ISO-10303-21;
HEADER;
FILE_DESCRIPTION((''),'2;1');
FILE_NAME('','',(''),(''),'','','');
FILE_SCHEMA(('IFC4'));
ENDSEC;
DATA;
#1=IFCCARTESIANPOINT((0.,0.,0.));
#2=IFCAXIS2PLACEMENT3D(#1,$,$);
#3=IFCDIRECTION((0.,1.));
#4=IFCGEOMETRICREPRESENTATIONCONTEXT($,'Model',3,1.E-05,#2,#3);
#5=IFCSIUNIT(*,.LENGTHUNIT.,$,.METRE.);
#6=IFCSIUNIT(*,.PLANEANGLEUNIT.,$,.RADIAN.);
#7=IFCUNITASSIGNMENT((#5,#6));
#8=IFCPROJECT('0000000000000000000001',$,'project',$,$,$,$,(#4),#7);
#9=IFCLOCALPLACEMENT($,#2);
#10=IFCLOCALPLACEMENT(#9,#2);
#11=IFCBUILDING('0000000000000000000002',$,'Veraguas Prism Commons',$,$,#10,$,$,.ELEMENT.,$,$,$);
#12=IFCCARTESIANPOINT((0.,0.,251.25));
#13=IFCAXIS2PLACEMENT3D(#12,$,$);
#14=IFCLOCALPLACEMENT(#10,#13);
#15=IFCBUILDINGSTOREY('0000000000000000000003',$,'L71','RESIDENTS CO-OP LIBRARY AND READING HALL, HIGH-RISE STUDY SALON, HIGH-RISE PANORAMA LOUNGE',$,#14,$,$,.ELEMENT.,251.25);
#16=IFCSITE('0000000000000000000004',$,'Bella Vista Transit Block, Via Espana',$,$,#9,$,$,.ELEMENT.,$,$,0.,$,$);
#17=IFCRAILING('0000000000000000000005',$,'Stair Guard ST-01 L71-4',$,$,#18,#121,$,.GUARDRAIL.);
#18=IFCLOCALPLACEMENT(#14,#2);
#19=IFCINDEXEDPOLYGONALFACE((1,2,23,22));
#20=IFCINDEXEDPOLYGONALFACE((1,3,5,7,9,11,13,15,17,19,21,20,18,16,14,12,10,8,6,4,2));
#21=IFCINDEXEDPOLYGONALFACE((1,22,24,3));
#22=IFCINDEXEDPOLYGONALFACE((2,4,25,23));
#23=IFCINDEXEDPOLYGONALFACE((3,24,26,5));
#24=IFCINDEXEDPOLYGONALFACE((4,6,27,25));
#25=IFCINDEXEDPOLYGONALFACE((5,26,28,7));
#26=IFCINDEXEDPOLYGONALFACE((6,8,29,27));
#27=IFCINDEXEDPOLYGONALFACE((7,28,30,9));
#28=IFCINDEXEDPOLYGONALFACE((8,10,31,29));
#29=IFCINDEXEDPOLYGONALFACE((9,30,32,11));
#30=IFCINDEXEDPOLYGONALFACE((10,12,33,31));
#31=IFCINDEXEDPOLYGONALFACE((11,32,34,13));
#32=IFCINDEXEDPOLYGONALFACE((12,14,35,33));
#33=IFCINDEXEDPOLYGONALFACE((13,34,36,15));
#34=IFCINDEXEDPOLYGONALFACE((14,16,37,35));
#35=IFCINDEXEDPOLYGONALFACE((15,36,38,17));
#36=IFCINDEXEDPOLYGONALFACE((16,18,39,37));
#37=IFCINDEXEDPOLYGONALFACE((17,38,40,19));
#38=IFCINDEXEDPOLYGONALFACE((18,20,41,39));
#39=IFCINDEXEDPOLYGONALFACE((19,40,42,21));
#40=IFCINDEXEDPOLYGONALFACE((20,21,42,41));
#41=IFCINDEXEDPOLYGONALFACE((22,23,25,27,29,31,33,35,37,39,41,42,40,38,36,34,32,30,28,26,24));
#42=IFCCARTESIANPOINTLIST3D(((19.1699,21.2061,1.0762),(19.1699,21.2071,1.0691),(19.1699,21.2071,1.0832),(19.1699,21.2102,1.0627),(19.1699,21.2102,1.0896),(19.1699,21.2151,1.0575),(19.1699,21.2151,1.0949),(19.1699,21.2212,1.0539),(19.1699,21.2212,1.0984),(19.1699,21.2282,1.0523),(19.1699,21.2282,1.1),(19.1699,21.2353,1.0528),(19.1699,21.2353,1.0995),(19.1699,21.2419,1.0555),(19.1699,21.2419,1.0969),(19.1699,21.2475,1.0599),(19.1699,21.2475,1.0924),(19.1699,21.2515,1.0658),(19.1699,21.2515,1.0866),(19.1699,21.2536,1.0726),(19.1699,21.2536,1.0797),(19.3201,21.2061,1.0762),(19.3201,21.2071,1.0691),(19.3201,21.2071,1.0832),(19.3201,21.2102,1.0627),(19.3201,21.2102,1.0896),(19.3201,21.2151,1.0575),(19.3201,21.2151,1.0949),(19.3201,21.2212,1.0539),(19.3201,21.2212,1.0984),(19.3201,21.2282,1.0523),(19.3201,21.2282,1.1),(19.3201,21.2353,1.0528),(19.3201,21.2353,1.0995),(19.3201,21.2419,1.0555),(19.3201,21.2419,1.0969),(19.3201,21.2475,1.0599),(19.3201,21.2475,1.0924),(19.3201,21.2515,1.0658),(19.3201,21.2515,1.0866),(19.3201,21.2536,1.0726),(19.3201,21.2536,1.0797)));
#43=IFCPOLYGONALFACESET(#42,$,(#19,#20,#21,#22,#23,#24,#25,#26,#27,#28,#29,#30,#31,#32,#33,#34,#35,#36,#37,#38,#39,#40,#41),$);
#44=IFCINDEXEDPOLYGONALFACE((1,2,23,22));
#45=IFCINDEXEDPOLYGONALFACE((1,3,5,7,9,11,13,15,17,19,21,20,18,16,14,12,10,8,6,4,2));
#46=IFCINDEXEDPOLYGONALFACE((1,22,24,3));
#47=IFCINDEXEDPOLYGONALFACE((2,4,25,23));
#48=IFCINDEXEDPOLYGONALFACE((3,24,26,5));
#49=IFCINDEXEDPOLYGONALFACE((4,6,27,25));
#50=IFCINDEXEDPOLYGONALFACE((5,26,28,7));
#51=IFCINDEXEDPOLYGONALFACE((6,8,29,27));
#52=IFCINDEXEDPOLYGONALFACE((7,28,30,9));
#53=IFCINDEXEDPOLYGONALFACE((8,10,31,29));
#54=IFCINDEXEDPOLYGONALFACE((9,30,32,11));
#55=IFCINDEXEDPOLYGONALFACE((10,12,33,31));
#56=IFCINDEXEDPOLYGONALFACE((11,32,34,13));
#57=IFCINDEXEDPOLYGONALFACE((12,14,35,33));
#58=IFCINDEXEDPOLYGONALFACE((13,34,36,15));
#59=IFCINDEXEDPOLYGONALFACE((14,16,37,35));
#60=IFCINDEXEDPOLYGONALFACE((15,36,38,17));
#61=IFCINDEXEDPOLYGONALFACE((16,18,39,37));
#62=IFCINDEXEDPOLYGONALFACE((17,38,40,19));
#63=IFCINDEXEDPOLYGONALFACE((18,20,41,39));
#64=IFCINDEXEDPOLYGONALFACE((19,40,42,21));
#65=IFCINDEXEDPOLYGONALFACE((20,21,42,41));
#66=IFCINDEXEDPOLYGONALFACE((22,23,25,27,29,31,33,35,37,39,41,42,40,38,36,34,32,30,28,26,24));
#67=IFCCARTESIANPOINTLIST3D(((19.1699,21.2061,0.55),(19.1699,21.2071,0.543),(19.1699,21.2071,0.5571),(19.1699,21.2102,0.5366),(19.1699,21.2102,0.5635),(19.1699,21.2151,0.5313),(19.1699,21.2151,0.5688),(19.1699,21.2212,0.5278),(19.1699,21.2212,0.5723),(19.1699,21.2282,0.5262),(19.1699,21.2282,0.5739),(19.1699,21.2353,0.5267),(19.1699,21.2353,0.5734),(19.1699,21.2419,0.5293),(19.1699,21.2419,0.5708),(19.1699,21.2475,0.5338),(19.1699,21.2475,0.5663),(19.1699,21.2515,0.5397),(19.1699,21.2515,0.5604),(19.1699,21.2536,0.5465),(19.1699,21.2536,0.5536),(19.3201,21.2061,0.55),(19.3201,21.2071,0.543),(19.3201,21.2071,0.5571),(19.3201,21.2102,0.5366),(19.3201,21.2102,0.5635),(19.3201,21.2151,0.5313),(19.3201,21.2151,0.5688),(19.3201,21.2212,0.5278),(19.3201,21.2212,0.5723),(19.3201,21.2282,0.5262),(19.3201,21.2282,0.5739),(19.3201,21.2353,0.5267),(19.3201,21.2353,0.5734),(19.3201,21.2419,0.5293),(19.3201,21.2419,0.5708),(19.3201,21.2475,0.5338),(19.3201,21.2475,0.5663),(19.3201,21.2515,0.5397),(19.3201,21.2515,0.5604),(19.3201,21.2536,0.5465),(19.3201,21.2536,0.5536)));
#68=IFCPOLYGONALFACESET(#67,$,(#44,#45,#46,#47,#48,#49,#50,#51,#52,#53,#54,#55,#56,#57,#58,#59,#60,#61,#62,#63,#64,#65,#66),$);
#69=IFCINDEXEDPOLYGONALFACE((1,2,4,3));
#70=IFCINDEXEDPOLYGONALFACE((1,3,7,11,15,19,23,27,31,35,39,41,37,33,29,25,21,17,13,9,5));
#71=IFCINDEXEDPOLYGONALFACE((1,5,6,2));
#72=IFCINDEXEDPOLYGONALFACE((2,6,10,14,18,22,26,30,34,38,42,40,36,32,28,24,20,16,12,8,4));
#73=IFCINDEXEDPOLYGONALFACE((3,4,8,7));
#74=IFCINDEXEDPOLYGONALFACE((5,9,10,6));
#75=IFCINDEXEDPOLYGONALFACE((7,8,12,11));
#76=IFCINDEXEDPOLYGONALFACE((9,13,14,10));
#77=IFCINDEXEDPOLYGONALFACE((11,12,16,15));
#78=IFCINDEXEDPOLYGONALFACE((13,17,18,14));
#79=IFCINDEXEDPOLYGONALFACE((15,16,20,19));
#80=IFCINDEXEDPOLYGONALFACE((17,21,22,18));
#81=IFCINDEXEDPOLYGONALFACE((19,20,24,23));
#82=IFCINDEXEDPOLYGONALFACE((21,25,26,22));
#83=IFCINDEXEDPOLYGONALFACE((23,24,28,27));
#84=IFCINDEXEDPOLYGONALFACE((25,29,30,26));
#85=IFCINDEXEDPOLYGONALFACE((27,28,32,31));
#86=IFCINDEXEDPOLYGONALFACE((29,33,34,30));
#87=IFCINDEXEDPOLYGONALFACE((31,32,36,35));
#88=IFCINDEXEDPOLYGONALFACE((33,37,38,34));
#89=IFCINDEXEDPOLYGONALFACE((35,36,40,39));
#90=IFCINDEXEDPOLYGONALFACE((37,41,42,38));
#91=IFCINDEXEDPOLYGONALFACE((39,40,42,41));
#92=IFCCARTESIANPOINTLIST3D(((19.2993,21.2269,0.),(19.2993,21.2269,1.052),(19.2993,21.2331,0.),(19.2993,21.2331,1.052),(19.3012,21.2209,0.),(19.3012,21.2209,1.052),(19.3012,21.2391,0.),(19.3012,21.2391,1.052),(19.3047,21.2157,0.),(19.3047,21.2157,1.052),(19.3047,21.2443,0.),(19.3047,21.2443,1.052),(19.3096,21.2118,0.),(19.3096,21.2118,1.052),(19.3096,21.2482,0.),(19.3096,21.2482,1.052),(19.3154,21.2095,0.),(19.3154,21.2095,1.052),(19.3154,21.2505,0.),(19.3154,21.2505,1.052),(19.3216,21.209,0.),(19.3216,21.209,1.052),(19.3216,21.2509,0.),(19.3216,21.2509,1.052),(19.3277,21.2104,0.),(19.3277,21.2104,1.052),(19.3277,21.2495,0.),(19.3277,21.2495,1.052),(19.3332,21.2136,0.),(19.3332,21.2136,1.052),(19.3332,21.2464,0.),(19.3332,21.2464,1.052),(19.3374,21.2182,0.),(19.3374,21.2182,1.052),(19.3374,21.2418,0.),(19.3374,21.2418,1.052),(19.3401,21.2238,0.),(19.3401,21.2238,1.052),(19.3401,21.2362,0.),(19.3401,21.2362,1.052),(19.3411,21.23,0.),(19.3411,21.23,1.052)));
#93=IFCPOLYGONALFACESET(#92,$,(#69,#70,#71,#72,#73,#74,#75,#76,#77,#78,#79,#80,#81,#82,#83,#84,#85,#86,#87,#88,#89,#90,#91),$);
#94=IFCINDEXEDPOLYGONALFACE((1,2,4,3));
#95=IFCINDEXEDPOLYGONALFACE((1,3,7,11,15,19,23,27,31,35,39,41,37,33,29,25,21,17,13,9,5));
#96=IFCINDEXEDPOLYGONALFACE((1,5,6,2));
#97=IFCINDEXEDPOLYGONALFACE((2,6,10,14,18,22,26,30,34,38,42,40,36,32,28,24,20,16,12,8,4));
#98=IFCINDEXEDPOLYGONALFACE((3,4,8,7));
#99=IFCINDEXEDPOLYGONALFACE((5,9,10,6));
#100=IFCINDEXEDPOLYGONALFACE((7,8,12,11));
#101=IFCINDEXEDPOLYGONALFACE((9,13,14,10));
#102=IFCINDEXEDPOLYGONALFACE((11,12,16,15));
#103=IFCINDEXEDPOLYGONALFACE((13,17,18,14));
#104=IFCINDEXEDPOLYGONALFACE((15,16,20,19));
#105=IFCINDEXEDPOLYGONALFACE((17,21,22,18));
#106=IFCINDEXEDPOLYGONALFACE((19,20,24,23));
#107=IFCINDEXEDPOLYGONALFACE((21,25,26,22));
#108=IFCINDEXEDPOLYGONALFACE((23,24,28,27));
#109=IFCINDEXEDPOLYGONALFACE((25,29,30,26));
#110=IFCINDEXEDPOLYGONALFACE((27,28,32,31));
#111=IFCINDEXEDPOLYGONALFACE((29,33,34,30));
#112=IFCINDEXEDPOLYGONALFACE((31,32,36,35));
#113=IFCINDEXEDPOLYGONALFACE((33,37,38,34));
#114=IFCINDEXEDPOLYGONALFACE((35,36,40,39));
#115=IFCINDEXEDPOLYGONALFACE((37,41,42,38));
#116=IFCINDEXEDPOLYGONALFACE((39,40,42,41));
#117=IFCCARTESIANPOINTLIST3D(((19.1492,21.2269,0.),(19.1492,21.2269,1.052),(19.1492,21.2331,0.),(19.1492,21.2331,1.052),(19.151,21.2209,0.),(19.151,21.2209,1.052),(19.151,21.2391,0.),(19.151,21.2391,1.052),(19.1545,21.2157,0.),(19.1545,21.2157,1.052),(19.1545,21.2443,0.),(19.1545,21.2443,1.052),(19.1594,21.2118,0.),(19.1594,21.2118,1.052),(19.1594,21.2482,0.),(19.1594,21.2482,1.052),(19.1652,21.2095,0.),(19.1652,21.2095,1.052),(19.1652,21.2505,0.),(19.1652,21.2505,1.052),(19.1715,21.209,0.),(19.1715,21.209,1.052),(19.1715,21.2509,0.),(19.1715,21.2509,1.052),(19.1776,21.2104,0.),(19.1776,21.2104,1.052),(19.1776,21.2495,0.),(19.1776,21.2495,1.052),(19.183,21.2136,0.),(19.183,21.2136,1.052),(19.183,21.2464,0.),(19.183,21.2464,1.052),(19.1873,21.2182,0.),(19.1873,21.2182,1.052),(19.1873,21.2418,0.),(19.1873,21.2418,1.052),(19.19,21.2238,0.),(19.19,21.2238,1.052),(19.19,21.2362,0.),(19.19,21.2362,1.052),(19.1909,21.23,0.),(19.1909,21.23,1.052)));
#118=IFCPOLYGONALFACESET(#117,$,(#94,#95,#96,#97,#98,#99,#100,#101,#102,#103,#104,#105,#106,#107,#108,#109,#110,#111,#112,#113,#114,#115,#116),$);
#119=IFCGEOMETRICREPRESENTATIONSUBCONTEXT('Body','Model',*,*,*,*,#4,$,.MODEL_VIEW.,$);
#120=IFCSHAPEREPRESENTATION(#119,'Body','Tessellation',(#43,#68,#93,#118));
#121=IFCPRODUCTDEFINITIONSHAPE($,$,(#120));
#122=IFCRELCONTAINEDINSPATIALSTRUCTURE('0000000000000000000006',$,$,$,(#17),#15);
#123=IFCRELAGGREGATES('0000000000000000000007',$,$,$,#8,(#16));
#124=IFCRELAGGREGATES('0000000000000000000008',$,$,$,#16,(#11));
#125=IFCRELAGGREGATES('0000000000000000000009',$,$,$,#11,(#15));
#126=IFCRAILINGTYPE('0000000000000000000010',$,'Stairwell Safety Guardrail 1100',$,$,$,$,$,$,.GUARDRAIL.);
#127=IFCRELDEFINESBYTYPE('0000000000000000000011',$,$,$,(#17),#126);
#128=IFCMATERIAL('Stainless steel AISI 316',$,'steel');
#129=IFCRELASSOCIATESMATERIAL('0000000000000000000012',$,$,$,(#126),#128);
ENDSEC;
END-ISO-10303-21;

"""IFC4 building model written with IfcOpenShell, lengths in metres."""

from ifc_helpers import new_model, si_unit, direction, frame, origin, origin_2d, place, context, subcontext, project, spatial, circle, extrude, material, type_object, element, save


model = new_model("IFC4")

# Units and contexts
model_context = context("Model", 3, precision=1e-05, world=origin(), true_north=direction((0.0, 1.0)))
body_context = subcontext(model_context, "Body", "Model", "MODEL_VIEW")
ifc_project = project(units=[si_unit("LENGTHUNIT", "METRE"), si_unit("PLANEANGLEUNIT", "RADIAN")], contexts=[model_context])

# Site, building, storey
site_placement = place(None, origin())
site = spatial("IfcSite", under=ifc_project, at=site_placement, Name="Bella Vista Transit Block, Via Espana", CompositionType="ELEMENT", RefElevation=0.0)
building_placement = place(site_placement, origin())
building = spatial("IfcBuilding", under=site, at=building_placement, Name="Veraguas Prism Commons", CompositionType="ELEMENT")
storey_placement = place(building_placement, frame((0.0, 0.0, 251.25)))
storey = spatial("IfcBuildingStorey", under=building, at=storey_placement, Name="L71", Description="RESIDENTS CO-OP LIBRARY AND READING HALL, HIGH-RISE STUDY SALON, HIGH-RISE PANORAMA LOUNGE", CompositionType="ELEMENT", Elevation=251.25)

# Railing
ifc_material_1 = material(Name="Stainless steel AISI 316", Category="steel")
railing_type = type_object("IfcRailingType", Name="Stairwell Safety Guardrail 1100", PredefinedType="GUARDRAIL", material=ifc_material_1)
railing_1_placement = place(storey_placement, frame((19.3201, 21.23, 0.0)))
element("IfcRailing", 1, at=railing_1_placement, inside=storey, type_object=railing_type, Name="Stair Guard ST-01 L71-4", PredefinedType="GUARDRAIL", context=body_context, shape_type="SweptSolid", body=[
    extrude(circle(Radius=0.0239, at=origin_2d()), frame((0.0, 0.0, 1.0762), z_axis=(-1.0, 0.0, 0.0), x_axis=(0.0, -1.0, 0.0)), (0.0, 0.0, 1.0), 0.1501),
    extrude(circle(Radius=0.0239, at=origin_2d()), frame((0.0, 0.0, 0.55), z_axis=(-1.0, 0.0, 0.0), x_axis=(0.0, -1.0, 0.0)), (0.0, 0.0, 1.0), 0.1501),
    extrude(circle(Radius=0.021, at=origin_2d()), origin(), (0.0, 0.0, 1.0), 1.052),
    extrude(circle(Radius=0.021, at=origin_2d()), frame((-0.1501, 0.0, 0.0)), (0.0, 0.0, 1.0), 1.052),
])

save(model, "model.ifc")
